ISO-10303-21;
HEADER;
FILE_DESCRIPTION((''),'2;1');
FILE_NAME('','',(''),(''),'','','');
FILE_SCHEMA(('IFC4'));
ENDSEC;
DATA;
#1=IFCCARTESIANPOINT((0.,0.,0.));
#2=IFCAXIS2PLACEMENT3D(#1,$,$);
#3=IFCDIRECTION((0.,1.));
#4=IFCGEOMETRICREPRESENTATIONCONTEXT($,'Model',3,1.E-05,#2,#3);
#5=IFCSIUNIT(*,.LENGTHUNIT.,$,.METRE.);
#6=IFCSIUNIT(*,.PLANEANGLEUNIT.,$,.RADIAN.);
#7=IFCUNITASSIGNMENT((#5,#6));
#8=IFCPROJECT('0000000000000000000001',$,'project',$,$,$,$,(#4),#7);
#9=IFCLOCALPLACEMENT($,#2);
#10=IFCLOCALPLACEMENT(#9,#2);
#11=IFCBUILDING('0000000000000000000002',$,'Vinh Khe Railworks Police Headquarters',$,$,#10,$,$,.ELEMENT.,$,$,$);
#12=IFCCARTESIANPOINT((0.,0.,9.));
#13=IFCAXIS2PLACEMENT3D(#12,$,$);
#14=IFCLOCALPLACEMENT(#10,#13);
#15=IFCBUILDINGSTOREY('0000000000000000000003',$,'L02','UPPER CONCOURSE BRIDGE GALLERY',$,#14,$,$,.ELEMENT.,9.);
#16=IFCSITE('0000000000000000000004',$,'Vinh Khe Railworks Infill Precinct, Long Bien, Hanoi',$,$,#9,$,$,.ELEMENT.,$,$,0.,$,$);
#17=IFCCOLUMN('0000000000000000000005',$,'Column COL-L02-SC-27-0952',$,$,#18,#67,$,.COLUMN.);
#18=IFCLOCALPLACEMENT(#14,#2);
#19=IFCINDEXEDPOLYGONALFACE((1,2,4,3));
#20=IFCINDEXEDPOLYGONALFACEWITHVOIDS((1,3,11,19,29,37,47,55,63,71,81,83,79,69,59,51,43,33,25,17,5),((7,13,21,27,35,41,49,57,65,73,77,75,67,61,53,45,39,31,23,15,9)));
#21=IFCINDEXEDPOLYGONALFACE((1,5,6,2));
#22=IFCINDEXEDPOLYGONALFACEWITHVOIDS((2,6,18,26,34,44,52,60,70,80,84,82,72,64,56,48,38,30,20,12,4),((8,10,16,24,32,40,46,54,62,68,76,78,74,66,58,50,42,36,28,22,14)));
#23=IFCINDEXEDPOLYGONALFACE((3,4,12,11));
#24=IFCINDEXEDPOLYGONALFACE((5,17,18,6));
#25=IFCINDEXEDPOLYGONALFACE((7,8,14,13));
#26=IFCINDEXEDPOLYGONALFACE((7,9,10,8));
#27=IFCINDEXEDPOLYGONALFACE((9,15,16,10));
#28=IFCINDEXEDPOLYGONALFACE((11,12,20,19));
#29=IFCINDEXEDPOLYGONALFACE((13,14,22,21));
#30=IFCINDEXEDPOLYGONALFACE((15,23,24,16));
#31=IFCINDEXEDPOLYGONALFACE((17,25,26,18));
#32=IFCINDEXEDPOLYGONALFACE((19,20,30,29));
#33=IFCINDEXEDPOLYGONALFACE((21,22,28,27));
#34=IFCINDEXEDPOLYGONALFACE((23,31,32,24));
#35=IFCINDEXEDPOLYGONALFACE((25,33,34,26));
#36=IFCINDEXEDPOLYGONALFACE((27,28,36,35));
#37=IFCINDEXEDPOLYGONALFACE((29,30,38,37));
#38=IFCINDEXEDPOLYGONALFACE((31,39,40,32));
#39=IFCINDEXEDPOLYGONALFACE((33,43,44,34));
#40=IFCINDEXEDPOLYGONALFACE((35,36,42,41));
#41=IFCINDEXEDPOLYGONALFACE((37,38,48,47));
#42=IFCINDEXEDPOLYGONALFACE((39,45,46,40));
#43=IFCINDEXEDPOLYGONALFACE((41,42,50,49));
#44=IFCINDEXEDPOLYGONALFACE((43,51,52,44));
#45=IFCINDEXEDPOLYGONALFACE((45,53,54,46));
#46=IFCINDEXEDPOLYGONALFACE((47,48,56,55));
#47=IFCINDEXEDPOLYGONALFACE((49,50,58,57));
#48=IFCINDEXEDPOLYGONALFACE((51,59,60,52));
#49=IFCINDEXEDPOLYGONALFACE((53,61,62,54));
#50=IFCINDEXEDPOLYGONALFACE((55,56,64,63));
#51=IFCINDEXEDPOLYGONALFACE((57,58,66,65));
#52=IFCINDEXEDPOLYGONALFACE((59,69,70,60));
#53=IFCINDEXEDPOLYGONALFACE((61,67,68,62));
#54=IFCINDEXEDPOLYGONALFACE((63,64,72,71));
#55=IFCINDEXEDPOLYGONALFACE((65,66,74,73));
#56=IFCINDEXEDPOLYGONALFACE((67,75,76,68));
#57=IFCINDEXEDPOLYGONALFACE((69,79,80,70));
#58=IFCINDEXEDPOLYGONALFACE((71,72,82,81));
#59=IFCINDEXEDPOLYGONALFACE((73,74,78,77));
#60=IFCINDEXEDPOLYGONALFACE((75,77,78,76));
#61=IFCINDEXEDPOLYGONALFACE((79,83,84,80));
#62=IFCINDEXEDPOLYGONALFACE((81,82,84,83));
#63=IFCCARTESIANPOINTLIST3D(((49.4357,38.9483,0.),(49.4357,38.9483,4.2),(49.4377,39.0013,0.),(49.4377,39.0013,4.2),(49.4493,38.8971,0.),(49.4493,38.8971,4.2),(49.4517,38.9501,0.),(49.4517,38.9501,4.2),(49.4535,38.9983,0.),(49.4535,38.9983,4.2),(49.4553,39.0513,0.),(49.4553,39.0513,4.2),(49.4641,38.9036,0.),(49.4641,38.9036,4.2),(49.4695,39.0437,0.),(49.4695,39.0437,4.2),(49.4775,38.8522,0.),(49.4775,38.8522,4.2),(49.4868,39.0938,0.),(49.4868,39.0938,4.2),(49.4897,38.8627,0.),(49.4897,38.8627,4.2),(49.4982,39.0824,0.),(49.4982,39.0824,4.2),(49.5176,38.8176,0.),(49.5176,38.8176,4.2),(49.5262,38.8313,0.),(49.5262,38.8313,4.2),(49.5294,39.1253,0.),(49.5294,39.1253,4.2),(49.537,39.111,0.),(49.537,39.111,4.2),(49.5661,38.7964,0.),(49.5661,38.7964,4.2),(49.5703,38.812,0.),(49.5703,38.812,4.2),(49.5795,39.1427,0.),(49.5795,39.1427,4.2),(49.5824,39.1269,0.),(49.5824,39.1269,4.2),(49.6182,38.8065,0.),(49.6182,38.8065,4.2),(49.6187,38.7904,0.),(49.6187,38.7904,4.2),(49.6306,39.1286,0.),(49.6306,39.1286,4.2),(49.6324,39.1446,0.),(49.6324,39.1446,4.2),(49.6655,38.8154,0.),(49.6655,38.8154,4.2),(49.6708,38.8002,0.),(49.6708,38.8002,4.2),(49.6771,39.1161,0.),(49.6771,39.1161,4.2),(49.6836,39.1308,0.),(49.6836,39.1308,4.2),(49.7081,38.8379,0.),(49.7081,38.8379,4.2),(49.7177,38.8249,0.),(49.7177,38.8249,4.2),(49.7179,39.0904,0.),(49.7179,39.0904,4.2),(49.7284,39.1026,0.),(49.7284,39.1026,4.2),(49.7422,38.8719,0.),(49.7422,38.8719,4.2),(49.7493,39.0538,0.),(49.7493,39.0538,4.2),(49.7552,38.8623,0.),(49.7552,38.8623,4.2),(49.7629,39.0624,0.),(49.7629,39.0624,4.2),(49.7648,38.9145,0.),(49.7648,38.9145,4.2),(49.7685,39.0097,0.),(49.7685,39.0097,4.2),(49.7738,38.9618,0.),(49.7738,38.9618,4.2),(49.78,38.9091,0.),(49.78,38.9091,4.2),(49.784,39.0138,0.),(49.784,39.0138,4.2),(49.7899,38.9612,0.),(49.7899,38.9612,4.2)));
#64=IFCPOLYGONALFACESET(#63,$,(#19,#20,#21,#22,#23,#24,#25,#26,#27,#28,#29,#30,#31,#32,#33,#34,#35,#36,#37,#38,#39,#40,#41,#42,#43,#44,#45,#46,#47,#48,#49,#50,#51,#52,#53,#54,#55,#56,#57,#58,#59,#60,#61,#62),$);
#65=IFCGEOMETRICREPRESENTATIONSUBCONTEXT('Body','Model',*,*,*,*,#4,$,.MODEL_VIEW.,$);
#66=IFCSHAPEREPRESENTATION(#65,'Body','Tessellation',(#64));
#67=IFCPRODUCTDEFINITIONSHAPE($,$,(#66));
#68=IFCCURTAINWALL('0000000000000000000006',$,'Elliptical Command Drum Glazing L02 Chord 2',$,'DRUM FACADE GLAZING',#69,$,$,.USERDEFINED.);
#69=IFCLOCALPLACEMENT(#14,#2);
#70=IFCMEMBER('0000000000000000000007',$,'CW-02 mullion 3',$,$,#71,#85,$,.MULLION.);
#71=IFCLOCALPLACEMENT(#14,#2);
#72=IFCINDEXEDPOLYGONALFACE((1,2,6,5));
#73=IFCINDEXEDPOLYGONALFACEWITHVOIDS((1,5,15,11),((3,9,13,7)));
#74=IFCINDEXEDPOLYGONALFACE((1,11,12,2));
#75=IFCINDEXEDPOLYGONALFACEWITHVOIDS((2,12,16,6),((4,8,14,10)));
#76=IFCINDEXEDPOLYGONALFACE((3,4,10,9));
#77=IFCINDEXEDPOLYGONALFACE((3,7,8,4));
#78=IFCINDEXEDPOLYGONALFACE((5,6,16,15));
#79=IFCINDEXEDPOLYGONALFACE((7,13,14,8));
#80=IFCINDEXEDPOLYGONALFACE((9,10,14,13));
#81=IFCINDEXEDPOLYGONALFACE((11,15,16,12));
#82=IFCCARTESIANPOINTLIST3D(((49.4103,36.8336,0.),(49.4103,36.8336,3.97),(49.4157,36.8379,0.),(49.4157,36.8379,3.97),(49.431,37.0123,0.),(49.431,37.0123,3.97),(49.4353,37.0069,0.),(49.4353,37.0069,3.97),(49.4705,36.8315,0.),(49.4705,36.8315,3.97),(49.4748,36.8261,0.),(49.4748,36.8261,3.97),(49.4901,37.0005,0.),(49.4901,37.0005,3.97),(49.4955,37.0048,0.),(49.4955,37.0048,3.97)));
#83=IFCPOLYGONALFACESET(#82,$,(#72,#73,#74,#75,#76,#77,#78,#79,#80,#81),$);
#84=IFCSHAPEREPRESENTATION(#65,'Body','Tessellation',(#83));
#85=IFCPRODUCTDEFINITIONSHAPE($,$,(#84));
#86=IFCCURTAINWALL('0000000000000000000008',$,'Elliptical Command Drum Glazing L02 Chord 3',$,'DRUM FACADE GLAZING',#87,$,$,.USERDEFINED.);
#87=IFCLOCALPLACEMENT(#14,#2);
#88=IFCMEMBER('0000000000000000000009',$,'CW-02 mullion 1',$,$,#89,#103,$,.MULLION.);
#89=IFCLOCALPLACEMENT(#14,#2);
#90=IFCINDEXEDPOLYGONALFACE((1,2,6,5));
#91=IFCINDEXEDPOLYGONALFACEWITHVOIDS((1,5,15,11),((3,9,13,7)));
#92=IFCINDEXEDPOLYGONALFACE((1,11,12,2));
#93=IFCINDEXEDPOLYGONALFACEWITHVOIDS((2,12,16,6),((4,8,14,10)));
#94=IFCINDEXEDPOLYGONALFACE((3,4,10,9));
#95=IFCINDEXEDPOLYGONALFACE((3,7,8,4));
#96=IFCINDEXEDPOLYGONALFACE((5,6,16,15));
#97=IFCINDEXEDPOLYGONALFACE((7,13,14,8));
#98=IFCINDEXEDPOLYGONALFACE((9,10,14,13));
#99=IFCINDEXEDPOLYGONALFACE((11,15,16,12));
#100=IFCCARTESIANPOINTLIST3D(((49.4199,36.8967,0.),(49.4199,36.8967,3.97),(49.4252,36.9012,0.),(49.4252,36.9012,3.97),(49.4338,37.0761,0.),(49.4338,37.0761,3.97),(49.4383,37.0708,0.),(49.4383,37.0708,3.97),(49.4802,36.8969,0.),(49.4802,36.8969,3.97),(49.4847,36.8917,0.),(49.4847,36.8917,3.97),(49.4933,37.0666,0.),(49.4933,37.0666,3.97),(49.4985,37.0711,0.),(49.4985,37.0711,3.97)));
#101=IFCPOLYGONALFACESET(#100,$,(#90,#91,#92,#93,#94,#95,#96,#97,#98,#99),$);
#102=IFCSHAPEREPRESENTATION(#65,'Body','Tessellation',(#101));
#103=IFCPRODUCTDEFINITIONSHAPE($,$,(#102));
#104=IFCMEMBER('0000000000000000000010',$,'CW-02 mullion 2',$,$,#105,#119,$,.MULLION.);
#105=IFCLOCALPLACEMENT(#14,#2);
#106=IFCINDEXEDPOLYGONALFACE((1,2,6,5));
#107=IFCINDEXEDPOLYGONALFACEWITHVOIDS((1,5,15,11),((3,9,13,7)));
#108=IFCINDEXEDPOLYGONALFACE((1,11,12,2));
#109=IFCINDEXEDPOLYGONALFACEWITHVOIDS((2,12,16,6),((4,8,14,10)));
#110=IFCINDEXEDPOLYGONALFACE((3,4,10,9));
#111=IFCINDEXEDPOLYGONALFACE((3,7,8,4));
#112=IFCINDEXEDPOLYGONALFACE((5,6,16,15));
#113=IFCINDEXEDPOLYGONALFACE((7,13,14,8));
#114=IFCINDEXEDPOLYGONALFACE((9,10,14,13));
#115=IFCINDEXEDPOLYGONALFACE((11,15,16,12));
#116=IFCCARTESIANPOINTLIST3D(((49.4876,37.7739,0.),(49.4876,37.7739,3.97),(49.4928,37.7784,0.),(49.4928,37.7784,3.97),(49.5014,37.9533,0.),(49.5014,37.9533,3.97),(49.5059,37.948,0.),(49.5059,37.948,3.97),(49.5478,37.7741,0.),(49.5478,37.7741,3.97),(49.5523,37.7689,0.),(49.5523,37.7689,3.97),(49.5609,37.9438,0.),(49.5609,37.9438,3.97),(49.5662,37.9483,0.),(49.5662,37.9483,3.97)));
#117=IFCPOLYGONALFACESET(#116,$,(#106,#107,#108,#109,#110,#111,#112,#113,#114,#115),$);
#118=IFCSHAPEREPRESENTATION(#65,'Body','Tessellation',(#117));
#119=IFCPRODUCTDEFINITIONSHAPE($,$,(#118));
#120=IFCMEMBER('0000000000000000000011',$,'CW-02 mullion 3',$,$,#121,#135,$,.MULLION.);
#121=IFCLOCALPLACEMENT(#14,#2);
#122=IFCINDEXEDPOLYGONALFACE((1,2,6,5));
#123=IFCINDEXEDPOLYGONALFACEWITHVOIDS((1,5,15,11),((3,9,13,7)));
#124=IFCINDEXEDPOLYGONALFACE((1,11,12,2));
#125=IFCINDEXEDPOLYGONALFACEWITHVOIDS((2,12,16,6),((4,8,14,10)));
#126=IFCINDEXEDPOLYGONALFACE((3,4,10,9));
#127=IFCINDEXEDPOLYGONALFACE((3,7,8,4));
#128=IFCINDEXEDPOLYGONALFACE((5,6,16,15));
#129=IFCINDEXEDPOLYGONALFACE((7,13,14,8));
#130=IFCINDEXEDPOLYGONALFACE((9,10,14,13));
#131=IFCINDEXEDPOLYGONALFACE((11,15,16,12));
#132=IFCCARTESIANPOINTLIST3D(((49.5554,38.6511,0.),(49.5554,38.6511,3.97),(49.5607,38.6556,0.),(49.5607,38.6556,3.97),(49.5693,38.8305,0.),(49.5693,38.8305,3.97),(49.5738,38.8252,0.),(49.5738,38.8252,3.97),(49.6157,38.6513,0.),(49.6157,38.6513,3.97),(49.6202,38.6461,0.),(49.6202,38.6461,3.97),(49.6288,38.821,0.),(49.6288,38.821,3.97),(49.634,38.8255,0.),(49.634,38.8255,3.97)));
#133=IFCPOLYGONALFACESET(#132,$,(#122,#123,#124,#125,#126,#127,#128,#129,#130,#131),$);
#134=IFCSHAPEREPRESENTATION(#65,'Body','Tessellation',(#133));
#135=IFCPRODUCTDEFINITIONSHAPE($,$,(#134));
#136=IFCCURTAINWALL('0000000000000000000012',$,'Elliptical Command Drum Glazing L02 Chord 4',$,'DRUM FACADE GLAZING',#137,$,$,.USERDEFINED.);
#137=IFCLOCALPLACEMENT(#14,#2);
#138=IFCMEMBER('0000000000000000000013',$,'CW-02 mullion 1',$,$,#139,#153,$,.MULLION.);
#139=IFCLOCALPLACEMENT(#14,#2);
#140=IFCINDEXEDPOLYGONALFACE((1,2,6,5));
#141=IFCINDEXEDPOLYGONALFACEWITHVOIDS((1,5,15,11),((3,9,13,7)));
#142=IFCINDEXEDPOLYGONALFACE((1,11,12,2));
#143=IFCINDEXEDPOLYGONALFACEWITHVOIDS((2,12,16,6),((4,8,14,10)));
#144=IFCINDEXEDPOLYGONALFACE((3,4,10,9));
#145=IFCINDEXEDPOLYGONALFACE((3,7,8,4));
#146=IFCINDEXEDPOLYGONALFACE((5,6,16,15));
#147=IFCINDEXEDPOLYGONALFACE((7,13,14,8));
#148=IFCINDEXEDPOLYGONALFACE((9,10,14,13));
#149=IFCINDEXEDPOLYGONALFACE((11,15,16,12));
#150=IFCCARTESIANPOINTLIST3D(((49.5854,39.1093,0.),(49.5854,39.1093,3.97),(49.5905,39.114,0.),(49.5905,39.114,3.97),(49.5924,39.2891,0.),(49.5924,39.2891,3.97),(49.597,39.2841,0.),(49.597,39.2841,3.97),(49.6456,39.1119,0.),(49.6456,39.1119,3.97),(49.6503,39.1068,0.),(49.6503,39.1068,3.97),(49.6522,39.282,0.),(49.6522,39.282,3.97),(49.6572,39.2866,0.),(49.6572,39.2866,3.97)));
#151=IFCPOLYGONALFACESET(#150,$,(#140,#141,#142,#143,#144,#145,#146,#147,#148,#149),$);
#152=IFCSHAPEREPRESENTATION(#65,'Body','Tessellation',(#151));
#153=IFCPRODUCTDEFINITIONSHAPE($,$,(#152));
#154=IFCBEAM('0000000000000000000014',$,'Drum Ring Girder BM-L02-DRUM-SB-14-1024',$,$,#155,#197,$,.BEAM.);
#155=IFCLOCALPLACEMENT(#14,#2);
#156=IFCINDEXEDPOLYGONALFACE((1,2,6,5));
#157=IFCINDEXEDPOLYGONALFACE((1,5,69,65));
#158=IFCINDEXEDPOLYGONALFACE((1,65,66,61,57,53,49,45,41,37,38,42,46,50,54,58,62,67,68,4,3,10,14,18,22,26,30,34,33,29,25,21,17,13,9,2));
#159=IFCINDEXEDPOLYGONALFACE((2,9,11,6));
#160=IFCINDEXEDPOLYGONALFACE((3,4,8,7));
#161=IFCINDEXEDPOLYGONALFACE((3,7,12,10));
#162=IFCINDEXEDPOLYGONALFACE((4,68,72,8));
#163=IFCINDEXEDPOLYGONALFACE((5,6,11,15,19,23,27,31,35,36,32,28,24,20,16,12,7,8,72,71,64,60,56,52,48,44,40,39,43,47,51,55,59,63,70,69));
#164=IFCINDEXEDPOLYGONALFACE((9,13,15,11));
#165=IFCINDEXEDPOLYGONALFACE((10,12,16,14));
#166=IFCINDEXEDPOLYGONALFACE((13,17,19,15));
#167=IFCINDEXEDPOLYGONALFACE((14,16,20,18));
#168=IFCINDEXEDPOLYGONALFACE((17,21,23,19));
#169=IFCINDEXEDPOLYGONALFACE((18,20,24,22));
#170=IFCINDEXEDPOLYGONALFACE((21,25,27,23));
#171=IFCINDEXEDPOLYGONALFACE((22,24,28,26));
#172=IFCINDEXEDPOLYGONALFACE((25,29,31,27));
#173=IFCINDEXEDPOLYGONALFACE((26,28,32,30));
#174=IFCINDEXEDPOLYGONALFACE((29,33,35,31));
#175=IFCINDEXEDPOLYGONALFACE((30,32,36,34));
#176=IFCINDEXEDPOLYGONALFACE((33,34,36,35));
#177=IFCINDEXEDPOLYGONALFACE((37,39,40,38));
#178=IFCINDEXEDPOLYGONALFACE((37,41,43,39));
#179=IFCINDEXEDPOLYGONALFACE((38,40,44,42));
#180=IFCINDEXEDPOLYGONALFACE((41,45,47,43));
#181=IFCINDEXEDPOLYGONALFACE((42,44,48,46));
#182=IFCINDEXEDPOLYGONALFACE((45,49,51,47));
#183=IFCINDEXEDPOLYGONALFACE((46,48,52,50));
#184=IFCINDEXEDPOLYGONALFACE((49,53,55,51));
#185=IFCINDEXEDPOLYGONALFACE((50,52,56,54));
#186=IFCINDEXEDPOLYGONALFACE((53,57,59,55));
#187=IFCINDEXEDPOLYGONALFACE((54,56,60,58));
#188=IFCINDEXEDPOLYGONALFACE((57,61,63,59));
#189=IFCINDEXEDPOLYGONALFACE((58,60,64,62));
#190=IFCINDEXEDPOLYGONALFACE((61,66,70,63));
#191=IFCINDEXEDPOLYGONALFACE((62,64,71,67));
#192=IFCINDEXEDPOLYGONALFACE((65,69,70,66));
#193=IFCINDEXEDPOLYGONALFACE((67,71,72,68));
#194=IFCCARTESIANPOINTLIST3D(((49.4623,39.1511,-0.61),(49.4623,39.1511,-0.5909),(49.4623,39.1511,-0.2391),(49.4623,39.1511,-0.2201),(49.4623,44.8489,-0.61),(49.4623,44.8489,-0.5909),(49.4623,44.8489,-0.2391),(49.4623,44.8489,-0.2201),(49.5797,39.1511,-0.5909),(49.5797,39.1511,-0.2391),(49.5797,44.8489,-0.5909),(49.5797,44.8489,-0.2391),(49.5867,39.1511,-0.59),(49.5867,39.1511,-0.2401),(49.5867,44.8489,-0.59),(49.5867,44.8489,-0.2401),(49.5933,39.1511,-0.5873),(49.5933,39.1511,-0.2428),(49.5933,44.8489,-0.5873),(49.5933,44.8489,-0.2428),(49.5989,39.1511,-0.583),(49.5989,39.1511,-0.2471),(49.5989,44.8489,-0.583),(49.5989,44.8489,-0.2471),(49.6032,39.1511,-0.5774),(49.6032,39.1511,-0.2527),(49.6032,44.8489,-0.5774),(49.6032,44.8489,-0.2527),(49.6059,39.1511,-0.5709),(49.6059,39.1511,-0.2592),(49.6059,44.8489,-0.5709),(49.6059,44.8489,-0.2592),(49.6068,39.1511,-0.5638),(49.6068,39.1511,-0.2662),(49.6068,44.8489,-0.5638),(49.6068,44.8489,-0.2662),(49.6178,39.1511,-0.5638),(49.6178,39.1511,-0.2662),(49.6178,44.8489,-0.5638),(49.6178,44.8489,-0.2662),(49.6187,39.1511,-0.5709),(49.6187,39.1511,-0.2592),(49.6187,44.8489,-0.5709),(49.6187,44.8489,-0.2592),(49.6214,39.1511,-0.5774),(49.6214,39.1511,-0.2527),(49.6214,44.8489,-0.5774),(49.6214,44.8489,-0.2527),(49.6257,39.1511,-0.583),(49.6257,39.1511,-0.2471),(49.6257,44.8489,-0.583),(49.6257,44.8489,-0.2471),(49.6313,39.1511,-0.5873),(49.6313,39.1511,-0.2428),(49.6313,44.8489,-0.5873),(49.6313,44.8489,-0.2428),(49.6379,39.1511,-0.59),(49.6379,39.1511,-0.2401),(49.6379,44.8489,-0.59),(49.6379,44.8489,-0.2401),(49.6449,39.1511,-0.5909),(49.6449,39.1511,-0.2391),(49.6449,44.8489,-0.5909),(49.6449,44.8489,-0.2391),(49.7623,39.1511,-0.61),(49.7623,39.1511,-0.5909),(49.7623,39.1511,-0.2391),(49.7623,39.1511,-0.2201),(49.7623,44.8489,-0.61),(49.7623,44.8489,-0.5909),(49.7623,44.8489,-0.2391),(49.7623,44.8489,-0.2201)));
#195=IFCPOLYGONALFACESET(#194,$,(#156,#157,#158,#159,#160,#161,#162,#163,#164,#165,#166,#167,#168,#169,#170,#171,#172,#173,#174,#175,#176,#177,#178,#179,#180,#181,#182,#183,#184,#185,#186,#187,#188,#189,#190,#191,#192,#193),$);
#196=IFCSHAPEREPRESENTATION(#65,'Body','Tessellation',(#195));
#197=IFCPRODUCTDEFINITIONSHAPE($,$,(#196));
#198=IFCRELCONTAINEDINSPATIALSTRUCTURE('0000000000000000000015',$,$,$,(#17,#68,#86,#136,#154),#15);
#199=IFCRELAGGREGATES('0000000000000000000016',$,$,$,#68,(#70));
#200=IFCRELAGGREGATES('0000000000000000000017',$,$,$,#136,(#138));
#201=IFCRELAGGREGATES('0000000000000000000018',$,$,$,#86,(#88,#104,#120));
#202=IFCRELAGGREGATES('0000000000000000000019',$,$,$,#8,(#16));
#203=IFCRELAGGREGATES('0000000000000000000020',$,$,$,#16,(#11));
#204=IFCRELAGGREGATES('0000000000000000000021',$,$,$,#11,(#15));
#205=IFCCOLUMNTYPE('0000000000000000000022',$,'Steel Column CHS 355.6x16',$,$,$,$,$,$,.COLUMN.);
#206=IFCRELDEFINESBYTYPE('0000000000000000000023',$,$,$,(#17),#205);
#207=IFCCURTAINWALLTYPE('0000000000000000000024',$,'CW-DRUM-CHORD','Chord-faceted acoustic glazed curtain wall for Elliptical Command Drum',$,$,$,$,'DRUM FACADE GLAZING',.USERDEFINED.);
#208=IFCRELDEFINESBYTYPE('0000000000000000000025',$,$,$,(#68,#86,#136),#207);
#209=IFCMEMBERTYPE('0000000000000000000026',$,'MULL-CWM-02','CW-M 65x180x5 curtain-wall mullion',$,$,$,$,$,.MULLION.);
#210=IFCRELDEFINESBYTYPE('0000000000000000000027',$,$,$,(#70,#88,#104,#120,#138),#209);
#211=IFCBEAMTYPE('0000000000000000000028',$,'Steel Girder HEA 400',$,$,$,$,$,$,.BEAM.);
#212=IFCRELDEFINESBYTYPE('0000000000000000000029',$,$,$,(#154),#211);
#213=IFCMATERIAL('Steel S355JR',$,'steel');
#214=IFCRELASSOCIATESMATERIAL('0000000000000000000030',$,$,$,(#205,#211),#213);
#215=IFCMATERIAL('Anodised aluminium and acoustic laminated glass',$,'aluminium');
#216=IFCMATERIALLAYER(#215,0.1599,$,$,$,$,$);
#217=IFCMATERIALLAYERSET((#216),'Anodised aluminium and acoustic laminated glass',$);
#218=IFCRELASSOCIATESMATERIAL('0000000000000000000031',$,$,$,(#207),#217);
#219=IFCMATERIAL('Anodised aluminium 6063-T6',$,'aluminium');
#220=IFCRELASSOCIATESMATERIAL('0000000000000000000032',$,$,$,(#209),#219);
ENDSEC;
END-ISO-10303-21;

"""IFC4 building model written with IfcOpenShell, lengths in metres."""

from ifc_helpers import new_model, si_unit, direction, frame, origin, origin_2d, place, context, subcontext, project, spatial, hollow_rectangle, hollow_circle, i_section, extrude, material, layer, layer_set, material_profile, profile_set, type_object, element, aggregate, save


model = new_model("IFC4")

# Units and contexts
model_context = context("Model", 3, precision=1e-05, world=origin(), true_north=direction((0.0, 1.0)))
body_context = subcontext(model_context, "Body", "Model", "MODEL_VIEW")
ifc_project = project(units=[si_unit("LENGTHUNIT", "METRE"), si_unit("PLANEANGLEUNIT", "RADIAN")], contexts=[model_context])

# Site, building, storey
site_placement = place(None, origin())
site = spatial("IfcSite", under=ifc_project, at=site_placement, Name="Vinh Khe Railworks Infill Precinct, Long Bien, Hanoi", CompositionType="ELEMENT", RefElevation=0.0)
building_placement = place(site_placement, origin())
building = spatial("IfcBuilding", under=site, at=building_placement, Name="Vinh Khe Railworks Police Headquarters", CompositionType="ELEMENT")
storey_placement = place(building_placement, frame((0.0, 0.0, 9.0)))
storey = spatial("IfcBuildingStorey", under=building, at=storey_placement, Name="L02", Description="UPPER CONCOURSE BRIDGE GALLERY", CompositionType="ELEMENT", Elevation=9.0)

# Column
ifc_material_1 = material(Name="Steel S355JR", Category="steel")
ifc_material_profile_1 = material_profile(ifc_material_1, hollow_circle(Radius=0.1777, WallThickness=0.0161, at=origin_2d()), Name="CHS 355.6x16")
ifc_profile_set_1 = profile_set([ifc_material_profile_1], Name="Steel S355JR")
column_type = type_object("IfcColumnType", Name="Steel Column CHS 355.6x16", PredefinedType="COLUMN", material=ifc_profile_set_1)
column_placement = place(storey_placement, frame((49.6123, 38.968, 0.0), z_axis=(0.0, 0.0, 1.0), x_axis=(0.999256, -0.038562, 0.0)))
element("IfcColumn", 1, at=column_placement, inside=storey, type_object=column_type, Name="Column COL-L02-SC-27-0952", PredefinedType="COLUMN", context=body_context, shape_type="SweptSolid", body=[
    extrude(hollow_circle(Radius=0.1777, WallThickness=0.0161, at=origin_2d()), origin(), (0.0, 0.0, 1.0), 4.2),
])

# Curtain wall, member
ifc_material_2 = material(Name="Anodised aluminium and acoustic laminated glass", Category="aluminium")
ifc_layer_1 = layer(ifc_material_2, 0.1599)
ifc_layer_set_1 = layer_set([ifc_layer_1], Name="Anodised aluminium and acoustic laminated glass")
curtain_wall_type = type_object("IfcCurtainWallType", Name="CW-DRUM-CHORD", Description="Chord-faceted acoustic glazed curtain wall for Elliptical Command Drum", ElementType="DRUM FACADE GLAZING", PredefinedType="USERDEFINED", material=ifc_layer_set_1)
curtain_wall_1_placement = place(storey_placement, origin())
curtain_wall_1 = element("IfcCurtainWall", 2, at=curtain_wall_1_placement, inside=storey, type_object=curtain_wall_type, Name="Elliptical Command Drum Glazing L02 Chord 2", ObjectType="DRUM FACADE GLAZING", PredefinedType="USERDEFINED")
ifc_material_3 = material(Name="Anodised aluminium 6063-T6", Category="aluminium")
ifc_material_profile_2 = material_profile(ifc_material_3, hollow_rectangle(XDim=0.0649, YDim=0.1799, WallThickness=0.0049, at=origin_2d()), Name="CW-M 65x180x5")
ifc_profile_set_2 = profile_set([ifc_material_profile_2], Name="Anodised aluminium 6063-T6")
member_type_1 = type_object("IfcMemberType", Name="MULL-CWM-02", Description="CW-M 65x180x5 curtain-wall mullion", PredefinedType="MULLION", material=ifc_profile_set_2)
member_1_placement = place(storey_placement, frame((49.4529, 36.9192, 0.0), z_axis=(0.0, 0.0, 1.0), x_axis=(-0.993329, 0.115318, 0.0)))
member_1 = element("IfcMember", 3, at=member_1_placement, type_object=member_type_1, Name="CW-02 mullion 3", PredefinedType="MULLION", context=body_context, shape_type="SweptSolid", body=[
    extrude(hollow_rectangle(XDim=0.0649, YDim=0.1799, WallThickness=0.0049, at=origin_2d()), origin(), (0.0, 0.0, 1.0), 3.97),
])
aggregate(curtain_wall_1, [member_1])

# Curtain wall, members
curtain_wall_2_placement = place(storey_placement, origin())
curtain_wall_2 = element("IfcCurtainWall", 4, at=curtain_wall_2_placement, inside=storey, type_object=curtain_wall_type, Name="Elliptical Command Drum Glazing L02 Chord 3", ObjectType="DRUM FACADE GLAZING", PredefinedType="USERDEFINED")
member_2_placement = place(storey_placement, frame((49.4592, 36.9839, 0.0), z_axis=(0.0, 0.0, 1.0), x_axis=(-0.997033, 0.076969, 0.0)))
member_2 = element("IfcMember", 5, at=member_2_placement, type_object=member_type_1, Name="CW-02 mullion 1", PredefinedType="MULLION", context=body_context, shape_type="SweptSolid", body=[
    extrude(hollow_rectangle(XDim=0.0649, YDim=0.1799, WallThickness=0.0049, at=origin_2d()), origin(), (0.0, 0.0, 1.0), 3.97),
])
member_3_placement = place(storey_placement, frame((49.5269, 37.8611, 0.0), z_axis=(0.0, 0.0, 1.0), x_axis=(-0.997033, 0.076969, 0.0)))
member_3 = element("IfcMember", 6, at=member_3_placement, type_object=member_type_1, Name="CW-02 mullion 2", PredefinedType="MULLION", context=body_context, shape_type="SweptSolid", body=[
    extrude(hollow_rectangle(XDim=0.0649, YDim=0.1799, WallThickness=0.0049, at=origin_2d()), origin(), (0.0, 0.0, 1.0), 3.97),
])
member_4_placement = place(storey_placement, frame((49.5947, 38.7383, 0.0), z_axis=(0.0, 0.0, 1.0), x_axis=(-0.997033, 0.076969, 0.0)))
member_4 = element("IfcMember", 7, at=member_4_placement, type_object=member_type_1, Name="CW-02 mullion 3", PredefinedType="MULLION", context=body_context, shape_type="SweptSolid", body=[
    extrude(hollow_rectangle(XDim=0.0649, YDim=0.1799, WallThickness=0.0049, at=origin_2d()), origin(), (0.0, 0.0, 1.0), 3.97),
])

# Curtain wall, member
curtain_wall_3_placement = place(storey_placement, origin())
curtain_wall_3 = element("IfcCurtainWall", 8, at=curtain_wall_3_placement, inside=storey, type_object=curtain_wall_type, Name="Elliptical Command Drum Glazing L02 Chord 4", ObjectType="DRUM FACADE GLAZING", PredefinedType="USERDEFINED")
member_5_placement = place(storey_placement, frame((49.6213, 39.198, 0.0), z_axis=(0.0, 0.0, 1.0), x_axis=(-0.999258, 0.038513, 0.0)))
member_5 = element("IfcMember", 9, at=member_5_placement, type_object=member_type_1, Name="CW-02 mullion 1", PredefinedType="MULLION", context=body_context, shape_type="SweptSolid", body=[
    extrude(hollow_rectangle(XDim=0.0649, YDim=0.1799, WallThickness=0.0049, at=origin_2d()), origin(), (0.0, 0.0, 1.0), 3.97),
])

# Beam
ifc_material_profile_3 = material_profile(ifc_material_1, i_section(OverallWidth=0.3, OverallDepth=0.3899, WebThickness=0.011, FlangeThickness=0.019, FilletRadius=0.0271, at=origin_2d()), Name="HEA 400")
ifc_profile_set_3 = profile_set([ifc_material_profile_3], Name="Steel S355JR")
beam_type = type_object("IfcBeamType", Name="Steel Girder HEA 400", PredefinedType="BEAM", material=ifc_profile_set_3)
beam_placement = place(storey_placement, frame((49.6123, 39.1511, -0.415), z_axis=(0.0, 1.0, 0.0), x_axis=(-1.0, 0.0, 0.0)))
element("IfcBeam", 10, at=beam_placement, inside=storey, type_object=beam_type, Name="Drum Ring Girder BM-L02-DRUM-SB-14-1024", PredefinedType="BEAM", context=body_context, shape_type="SweptSolid", body=[
    extrude(i_section(OverallWidth=0.3, OverallDepth=0.3899, WebThickness=0.011, FlangeThickness=0.019, FilletRadius=0.0271, at=origin_2d()), origin(), (0.0, 0.0, 1.0), 5.6978),
])

aggregate(curtain_wall_3, [member_5])

aggregate(curtain_wall_2, [member_2, member_3, member_4])

save(model, "model.ifc")
